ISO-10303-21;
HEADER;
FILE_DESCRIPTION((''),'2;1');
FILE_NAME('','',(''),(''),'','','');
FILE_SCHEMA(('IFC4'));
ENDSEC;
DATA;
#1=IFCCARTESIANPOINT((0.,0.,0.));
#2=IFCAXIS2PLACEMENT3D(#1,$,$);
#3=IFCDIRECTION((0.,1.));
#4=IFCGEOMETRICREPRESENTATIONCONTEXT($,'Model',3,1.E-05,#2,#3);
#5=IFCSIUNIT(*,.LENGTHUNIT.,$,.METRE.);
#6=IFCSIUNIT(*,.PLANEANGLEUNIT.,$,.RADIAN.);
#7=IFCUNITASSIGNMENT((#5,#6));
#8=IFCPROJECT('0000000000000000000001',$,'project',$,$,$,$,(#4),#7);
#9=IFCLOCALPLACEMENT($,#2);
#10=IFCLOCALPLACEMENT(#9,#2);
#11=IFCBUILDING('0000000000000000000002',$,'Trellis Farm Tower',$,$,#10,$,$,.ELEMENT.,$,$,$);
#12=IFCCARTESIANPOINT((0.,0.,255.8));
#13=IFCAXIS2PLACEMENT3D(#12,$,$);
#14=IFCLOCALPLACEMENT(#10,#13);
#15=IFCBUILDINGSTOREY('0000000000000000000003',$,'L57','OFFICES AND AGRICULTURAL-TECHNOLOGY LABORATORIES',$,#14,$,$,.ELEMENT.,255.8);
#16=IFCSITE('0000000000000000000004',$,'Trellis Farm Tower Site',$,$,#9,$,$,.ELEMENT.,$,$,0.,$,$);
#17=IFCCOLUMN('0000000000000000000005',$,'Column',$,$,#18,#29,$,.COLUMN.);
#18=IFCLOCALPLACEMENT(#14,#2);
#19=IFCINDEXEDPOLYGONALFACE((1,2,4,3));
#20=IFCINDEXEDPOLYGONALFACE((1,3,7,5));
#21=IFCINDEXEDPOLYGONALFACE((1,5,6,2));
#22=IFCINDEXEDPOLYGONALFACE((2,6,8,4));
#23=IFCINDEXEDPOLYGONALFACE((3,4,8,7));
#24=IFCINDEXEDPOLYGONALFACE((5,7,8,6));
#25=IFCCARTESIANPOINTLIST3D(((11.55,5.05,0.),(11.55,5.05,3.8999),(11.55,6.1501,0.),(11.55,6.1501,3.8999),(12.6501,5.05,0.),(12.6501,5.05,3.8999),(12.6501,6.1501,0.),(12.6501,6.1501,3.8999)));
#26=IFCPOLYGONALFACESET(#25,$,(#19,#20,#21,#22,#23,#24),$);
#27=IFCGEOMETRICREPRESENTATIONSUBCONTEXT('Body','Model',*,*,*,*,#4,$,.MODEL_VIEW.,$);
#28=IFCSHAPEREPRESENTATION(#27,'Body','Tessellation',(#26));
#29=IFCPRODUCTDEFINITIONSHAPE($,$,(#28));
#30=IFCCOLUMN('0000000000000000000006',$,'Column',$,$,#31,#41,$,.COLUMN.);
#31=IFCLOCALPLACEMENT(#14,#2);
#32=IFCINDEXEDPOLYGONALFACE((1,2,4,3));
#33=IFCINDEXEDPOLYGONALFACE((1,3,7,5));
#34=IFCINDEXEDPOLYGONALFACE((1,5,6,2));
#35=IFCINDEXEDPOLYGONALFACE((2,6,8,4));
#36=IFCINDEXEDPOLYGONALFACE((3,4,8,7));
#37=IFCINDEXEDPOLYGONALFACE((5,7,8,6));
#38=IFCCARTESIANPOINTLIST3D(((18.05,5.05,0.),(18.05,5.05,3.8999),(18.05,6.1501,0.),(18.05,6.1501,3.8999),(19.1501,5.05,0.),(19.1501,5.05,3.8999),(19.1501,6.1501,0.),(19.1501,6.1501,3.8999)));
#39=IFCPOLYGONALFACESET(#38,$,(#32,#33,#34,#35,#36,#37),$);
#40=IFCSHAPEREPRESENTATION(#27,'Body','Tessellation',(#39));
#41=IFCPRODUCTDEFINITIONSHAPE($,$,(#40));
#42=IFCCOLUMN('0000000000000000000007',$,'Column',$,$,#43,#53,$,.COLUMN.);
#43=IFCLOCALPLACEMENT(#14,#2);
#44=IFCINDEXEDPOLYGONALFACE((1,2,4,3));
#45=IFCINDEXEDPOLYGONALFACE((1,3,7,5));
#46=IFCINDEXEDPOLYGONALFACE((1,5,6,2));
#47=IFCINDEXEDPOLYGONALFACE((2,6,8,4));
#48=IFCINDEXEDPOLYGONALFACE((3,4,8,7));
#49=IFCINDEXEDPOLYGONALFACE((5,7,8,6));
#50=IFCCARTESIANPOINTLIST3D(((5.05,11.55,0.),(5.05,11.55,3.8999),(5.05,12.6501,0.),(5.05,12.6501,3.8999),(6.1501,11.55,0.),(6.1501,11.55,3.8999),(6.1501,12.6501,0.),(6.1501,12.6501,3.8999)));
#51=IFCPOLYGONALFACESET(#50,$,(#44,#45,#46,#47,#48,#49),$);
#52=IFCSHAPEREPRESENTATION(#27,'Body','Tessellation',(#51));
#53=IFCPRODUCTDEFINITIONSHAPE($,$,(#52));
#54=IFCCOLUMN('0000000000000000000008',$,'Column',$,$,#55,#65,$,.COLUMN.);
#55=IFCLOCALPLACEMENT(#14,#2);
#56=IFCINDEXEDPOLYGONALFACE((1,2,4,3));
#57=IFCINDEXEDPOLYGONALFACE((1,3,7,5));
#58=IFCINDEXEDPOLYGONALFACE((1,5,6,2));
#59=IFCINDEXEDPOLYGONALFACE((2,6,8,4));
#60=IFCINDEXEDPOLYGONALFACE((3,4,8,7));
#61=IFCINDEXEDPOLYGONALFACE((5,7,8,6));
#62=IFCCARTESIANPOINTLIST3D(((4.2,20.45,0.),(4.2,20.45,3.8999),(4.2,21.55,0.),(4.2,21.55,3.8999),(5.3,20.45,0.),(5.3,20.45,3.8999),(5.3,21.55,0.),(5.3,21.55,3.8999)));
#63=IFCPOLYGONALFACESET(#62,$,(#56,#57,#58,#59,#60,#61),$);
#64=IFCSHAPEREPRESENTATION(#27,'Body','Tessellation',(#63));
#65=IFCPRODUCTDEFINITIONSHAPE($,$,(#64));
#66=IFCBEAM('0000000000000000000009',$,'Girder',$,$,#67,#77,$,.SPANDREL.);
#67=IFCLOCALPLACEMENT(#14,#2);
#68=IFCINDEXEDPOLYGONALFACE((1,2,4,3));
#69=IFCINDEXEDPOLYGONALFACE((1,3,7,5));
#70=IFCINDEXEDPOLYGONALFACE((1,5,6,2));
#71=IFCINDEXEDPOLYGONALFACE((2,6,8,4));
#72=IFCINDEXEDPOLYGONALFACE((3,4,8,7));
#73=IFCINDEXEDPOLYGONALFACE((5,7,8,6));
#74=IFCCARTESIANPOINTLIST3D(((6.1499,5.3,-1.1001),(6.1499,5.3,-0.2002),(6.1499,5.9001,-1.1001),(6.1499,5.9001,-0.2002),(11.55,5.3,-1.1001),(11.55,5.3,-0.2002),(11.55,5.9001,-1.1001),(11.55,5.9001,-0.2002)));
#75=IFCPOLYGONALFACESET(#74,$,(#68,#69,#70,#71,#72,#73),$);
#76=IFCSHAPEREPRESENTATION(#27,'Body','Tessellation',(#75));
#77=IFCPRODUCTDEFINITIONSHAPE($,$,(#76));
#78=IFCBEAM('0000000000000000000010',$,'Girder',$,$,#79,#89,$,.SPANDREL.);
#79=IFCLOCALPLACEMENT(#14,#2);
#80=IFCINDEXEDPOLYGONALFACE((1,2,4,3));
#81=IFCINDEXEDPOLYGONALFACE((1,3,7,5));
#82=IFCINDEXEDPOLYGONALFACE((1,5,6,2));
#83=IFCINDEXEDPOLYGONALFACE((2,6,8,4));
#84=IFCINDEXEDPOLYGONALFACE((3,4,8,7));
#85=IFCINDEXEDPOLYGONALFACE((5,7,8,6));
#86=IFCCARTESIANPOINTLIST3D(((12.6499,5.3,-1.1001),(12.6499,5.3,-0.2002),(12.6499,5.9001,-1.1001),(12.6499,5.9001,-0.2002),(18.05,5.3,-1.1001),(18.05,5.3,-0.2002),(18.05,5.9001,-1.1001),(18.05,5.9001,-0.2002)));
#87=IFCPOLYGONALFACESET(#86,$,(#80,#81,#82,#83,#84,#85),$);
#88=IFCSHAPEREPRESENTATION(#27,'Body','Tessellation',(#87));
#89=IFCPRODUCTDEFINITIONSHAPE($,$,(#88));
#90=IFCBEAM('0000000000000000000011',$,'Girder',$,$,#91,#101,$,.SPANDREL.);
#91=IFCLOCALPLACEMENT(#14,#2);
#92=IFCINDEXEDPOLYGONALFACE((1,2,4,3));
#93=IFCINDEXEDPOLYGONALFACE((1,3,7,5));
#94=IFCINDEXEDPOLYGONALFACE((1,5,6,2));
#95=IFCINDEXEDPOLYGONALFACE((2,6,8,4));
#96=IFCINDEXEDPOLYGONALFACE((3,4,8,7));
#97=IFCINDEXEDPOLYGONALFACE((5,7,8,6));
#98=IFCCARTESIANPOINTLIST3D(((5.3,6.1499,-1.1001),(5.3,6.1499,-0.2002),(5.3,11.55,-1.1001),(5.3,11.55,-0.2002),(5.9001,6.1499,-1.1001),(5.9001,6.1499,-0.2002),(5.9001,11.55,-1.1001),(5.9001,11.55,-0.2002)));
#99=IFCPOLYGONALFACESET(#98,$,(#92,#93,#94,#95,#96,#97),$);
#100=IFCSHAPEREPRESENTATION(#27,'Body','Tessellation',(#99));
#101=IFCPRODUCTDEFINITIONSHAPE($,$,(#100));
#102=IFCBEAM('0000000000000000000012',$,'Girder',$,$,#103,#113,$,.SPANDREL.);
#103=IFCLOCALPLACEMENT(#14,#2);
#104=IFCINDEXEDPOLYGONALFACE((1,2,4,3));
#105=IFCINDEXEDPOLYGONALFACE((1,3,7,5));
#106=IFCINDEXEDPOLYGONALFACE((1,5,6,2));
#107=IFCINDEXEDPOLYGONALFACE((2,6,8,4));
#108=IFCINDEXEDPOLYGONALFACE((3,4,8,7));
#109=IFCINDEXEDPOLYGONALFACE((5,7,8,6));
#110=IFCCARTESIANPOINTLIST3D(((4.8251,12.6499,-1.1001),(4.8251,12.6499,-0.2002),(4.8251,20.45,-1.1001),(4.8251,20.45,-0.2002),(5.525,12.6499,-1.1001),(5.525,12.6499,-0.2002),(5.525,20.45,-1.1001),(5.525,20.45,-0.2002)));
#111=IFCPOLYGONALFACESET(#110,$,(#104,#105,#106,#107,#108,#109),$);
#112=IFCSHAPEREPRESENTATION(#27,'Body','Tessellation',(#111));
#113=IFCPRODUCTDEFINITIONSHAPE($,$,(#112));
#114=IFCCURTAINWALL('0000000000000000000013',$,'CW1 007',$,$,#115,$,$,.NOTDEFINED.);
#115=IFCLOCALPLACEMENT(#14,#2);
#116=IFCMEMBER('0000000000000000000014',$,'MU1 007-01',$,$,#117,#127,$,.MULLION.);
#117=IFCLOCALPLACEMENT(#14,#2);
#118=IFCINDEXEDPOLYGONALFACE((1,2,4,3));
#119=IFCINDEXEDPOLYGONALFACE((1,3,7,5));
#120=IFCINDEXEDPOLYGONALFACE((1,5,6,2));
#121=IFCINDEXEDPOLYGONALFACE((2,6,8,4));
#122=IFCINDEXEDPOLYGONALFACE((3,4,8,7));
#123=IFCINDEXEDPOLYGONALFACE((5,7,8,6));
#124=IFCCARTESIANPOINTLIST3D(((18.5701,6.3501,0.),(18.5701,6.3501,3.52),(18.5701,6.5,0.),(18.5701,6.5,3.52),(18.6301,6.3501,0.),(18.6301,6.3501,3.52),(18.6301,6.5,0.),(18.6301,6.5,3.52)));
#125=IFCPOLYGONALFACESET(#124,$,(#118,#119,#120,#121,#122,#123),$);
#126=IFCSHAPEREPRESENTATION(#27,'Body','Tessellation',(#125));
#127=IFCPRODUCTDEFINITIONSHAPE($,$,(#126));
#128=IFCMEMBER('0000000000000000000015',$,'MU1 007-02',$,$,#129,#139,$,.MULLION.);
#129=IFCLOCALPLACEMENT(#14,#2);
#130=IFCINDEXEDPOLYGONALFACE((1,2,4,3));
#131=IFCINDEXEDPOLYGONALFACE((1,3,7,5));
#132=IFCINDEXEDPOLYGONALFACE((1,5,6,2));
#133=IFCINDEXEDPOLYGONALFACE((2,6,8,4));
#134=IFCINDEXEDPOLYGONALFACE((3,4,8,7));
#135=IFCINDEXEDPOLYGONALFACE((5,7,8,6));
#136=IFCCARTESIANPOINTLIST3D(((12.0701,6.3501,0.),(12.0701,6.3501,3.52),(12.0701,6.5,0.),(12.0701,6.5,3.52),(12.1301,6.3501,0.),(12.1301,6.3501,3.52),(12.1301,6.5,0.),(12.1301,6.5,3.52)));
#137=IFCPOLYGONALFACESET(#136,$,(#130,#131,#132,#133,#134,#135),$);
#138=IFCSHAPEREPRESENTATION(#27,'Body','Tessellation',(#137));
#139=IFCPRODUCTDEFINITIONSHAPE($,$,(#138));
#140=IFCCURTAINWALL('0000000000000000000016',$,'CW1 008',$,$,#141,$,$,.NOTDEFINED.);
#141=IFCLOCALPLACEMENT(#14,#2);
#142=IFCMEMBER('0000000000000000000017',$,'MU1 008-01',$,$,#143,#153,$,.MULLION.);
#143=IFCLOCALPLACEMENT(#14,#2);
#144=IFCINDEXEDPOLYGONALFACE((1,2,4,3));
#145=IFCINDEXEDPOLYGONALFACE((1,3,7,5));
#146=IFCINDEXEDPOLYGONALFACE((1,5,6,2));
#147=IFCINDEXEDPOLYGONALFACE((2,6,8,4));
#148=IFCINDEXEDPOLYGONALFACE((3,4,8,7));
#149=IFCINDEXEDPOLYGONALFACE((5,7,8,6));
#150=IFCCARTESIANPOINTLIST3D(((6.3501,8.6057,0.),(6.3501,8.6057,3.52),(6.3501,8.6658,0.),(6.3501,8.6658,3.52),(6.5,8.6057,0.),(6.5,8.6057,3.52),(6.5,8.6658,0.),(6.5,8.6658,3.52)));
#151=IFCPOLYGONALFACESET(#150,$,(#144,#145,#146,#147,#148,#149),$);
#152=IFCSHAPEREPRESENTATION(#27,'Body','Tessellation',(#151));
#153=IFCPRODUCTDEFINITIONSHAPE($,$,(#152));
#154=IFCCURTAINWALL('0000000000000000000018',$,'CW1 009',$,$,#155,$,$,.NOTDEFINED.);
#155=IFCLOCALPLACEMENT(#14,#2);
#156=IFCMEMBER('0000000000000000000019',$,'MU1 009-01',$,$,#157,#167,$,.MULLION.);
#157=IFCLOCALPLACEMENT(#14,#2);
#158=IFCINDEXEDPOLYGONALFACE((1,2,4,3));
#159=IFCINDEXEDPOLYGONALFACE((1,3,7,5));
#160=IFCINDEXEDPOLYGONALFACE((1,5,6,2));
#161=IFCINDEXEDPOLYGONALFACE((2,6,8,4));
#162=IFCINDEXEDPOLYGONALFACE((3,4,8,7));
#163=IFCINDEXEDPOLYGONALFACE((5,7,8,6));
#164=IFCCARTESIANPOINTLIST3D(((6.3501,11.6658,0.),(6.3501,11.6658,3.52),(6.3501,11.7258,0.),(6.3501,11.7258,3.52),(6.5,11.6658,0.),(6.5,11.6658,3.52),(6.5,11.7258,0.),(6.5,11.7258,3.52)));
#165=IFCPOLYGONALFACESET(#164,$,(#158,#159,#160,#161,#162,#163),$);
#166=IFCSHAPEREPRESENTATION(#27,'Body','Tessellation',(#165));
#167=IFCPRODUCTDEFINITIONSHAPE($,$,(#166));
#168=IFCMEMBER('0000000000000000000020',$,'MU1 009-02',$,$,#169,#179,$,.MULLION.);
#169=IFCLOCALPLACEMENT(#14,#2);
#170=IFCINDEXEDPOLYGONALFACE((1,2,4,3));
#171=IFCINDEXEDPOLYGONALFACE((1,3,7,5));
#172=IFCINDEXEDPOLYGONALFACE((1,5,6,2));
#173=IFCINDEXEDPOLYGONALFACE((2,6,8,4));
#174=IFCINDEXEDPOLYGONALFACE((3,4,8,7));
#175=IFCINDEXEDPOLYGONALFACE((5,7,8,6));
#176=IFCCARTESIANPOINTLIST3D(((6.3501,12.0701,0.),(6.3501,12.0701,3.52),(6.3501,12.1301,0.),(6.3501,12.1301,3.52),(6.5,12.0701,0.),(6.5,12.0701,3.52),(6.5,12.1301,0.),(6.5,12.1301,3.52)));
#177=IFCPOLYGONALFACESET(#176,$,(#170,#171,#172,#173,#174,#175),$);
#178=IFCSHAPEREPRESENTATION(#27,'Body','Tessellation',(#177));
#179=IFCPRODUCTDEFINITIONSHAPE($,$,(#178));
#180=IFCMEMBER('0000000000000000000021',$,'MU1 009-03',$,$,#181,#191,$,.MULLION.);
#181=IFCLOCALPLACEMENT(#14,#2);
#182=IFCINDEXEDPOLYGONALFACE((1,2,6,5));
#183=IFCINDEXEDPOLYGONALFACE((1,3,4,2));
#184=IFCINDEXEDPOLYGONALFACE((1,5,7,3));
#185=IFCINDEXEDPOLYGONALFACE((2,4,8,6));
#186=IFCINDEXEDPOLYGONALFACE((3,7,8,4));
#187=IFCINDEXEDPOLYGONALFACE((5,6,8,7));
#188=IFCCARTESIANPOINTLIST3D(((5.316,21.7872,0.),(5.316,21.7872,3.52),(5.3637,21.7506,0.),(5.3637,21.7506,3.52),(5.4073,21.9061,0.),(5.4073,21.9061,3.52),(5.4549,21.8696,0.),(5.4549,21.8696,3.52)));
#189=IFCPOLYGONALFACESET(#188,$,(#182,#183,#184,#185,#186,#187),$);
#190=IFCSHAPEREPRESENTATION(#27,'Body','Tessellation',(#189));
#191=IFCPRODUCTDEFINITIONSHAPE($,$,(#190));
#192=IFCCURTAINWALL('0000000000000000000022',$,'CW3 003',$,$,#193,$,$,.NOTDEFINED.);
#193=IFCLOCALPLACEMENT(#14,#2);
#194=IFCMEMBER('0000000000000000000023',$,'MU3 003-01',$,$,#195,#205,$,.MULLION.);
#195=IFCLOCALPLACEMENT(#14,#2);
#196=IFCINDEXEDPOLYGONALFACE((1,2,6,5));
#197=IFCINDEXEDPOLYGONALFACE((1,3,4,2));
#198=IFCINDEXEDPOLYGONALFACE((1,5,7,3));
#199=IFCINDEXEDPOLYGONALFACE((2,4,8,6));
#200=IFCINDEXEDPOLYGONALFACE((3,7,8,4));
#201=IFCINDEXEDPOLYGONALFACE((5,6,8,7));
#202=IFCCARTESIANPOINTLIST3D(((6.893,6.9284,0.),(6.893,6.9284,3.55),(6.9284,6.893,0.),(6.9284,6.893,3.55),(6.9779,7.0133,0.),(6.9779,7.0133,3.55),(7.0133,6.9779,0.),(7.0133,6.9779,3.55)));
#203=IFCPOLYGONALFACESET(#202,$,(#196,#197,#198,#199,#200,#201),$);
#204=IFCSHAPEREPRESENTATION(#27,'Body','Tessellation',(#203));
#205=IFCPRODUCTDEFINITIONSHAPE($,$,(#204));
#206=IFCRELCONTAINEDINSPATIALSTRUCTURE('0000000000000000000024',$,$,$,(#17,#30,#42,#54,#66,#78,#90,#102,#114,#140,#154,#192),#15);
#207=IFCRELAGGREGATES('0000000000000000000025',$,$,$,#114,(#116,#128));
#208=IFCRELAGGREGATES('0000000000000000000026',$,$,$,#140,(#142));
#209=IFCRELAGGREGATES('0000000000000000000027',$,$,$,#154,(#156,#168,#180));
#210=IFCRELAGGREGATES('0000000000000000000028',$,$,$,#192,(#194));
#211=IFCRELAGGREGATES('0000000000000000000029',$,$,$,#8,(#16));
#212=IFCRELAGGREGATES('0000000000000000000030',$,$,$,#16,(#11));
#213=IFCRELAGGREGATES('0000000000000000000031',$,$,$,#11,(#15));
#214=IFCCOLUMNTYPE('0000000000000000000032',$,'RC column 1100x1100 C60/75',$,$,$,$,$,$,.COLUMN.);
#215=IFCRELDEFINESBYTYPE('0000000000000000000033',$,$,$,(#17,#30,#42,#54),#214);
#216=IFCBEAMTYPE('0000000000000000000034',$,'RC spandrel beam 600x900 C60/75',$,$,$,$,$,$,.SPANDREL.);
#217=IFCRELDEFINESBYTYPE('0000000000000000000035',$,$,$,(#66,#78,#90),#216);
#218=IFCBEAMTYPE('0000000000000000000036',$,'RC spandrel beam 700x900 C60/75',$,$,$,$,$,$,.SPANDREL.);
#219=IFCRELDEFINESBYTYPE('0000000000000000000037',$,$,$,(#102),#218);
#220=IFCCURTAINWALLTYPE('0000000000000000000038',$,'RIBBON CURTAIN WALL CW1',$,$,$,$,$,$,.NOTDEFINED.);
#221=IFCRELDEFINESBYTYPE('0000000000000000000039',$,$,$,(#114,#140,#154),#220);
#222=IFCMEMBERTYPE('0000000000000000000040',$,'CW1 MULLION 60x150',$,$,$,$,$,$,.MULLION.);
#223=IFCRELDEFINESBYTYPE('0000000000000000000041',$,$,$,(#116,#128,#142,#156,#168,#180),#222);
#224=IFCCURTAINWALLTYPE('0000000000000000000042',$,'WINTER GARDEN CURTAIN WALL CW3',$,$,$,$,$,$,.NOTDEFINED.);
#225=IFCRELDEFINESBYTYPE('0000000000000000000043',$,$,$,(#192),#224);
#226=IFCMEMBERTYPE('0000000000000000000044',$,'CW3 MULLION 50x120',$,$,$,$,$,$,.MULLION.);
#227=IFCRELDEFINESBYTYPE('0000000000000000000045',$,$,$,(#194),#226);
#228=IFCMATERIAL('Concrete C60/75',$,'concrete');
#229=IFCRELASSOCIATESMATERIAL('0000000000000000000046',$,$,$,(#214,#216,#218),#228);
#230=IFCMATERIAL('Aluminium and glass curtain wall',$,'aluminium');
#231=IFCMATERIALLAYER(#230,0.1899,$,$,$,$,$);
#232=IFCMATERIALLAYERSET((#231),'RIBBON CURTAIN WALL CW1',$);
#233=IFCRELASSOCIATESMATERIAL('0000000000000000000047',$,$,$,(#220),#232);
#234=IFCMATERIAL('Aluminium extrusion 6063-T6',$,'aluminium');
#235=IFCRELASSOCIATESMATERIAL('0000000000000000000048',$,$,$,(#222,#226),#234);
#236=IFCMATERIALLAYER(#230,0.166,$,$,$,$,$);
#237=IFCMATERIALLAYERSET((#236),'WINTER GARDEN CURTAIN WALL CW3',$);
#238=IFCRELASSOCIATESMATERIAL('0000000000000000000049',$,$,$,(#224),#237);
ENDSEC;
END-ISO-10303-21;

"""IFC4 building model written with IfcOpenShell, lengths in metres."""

from ifc_helpers import new_model, si_unit, direction, frame, origin, origin_2d, place, context, subcontext, project, spatial, rectangle, extrude, source, transform, mapped, material, layer, layer_set, material_profile, profile_set, type_object, element, aggregate, save


model = new_model("IFC4")

# Units and contexts
model_context = context("Model", 3, precision=1e-05, world=origin(), true_north=direction((0.0, 1.0)))
body_context = subcontext(model_context, "Body", "Model", "MODEL_VIEW")
ifc_project = project(units=[si_unit("LENGTHUNIT", "METRE"), si_unit("PLANEANGLEUNIT", "RADIAN")], contexts=[model_context])

# Site, building, storey
site_placement = place(None, origin())
site = spatial("IfcSite", under=ifc_project, at=site_placement, Name="Trellis Farm Tower Site", CompositionType="ELEMENT", RefElevation=0.0)
building_placement = place(site_placement, origin())
building = spatial("IfcBuilding", under=site, at=building_placement, Name="Trellis Farm Tower", CompositionType="ELEMENT")
storey_placement = place(building_placement, frame((0.0, 0.0, 255.8)))
storey = spatial("IfcBuildingStorey", under=building, at=storey_placement, Name="L57", Description="OFFICES AND AGRICULTURAL-TECHNOLOGY LABORATORIES", CompositionType="ELEMENT", Elevation=255.8)

# Columns
ifc_material_1 = material(Name="Concrete C60/75", Category="concrete")
ifc_material_profile_1 = material_profile(ifc_material_1, rectangle(XDim=1.1001, YDim=1.1001, at=origin_2d()), Name="RC column 1100x1100 C60/75")
ifc_profile_set_1 = profile_set([ifc_material_profile_1], Name="Concrete C60/75")
column_type = type_object("IfcColumnType", Name="RC column 1100x1100 C60/75", PredefinedType="COLUMN", material=ifc_profile_set_1)
shared_shape_1 = source(origin(), body_context, "Body", "SweptSolid", [
    extrude(rectangle(XDim=1.1001, YDim=1.1001, at=origin_2d()), origin(), (0.0, 0.0, 1.0), 3.8999),
])
for number, where, z_axis, x_axis, name in (
    (1, (12.1001, 5.6001, 0.0), (0.0, 0.0, 1.0), (1.0, 0.0, 0.0), "Column"),
    (2, (18.6001, 5.6001, 0.0), (0.0, 0.0, 1.0), (1.0, 0.0, 0.0), "Column"),
    (3, (5.6001, 12.1001, 0.0), (0.0, 0.0, 1.0), (1.0, 0.0, 0.0), "Column"),
    (4, (4.75, 21.0, 0.0), (0.0, 0.0, 1.0), (1.0, 0.0, 0.0), "Column"),
):
    element("IfcColumn", number, at=place(storey_placement, frame(where, z_axis=z_axis, x_axis=x_axis)), inside=storey, type_object=column_type, Name=name, PredefinedType="COLUMN", context=body_context, shape_type="MappedRepresentation", body=[
        mapped(shared_shape_1, transform((0.0, 0.0, 0.0))),
    ])

# Beams
ifc_material_profile_2 = material_profile(ifc_material_1, rectangle(XDim=0.6001, YDim=0.8999, at=origin_2d()), Name="RC spandrel beam 600x900 C60/75")
ifc_profile_set_2 = profile_set([ifc_material_profile_2], Name="Concrete C60/75")
beam_type_1 = type_object("IfcBeamType", Name="RC spandrel beam 600x900 C60/75", PredefinedType="SPANDREL", material=ifc_profile_set_2)
shared_shape_2 = source(origin(), body_context, "Body", "SweptSolid", [
    extrude(rectangle(XDim=0.6001, YDim=0.8999, at=origin_2d()), origin(), (0.0, 0.0, 1.0), 5.4001),
])
for number, where, z_axis, x_axis, name in (
    (5, (6.1499, 5.6001, -0.6501), (1.0, 0.0, 0.0), (0.0, 1.0, 0.0), "Girder"),
    (6, (12.6499, 5.6001, -0.6501), (1.0, 0.0, 0.0), (0.0, 1.0, 0.0), "Girder"),
    (7, (5.6001, 6.1499, -0.6501), (0.0, 1.0, 0.0), (-1.0, 0.0, 0.0), "Girder"),
):
    element("IfcBeam", number, at=place(storey_placement, frame(where, z_axis=z_axis, x_axis=x_axis)), inside=storey, type_object=beam_type_1, Name=name, PredefinedType="SPANDREL", context=body_context, shape_type="MappedRepresentation", body=[
        mapped(shared_shape_2, transform((0.0, 0.0, 0.0))),
    ])
ifc_material_profile_3 = material_profile(ifc_material_1, rectangle(XDim=0.7, YDim=0.8999, at=origin_2d()), Name="RC spandrel beam 700x900 C60/75")
ifc_profile_set_3 = profile_set([ifc_material_profile_3], Name="Concrete C60/75")
beam_type_2 = type_object("IfcBeamType", Name="RC spandrel beam 700x900 C60/75", PredefinedType="SPANDREL", material=ifc_profile_set_3)
shared_shape_3 = source(origin(), body_context, "Body", "SweptSolid", [
    extrude(rectangle(XDim=0.7, YDim=0.8999, at=origin_2d()), origin(), (0.0, 0.0, 1.0), 7.8),
])
beam_placement = place(storey_placement, frame((5.175, 12.6499, -0.6501), z_axis=(0.0, 1.0, 0.0), x_axis=(-1.0, 0.0, 0.0)))
element("IfcBeam", 8, at=beam_placement, inside=storey, type_object=beam_type_2, Name="Girder", PredefinedType="SPANDREL", context=body_context, shape_type="MappedRepresentation", body=[
    mapped(shared_shape_3, transform((0.0, 0.0, 0.0))),
])

# Curtain wall, members
ifc_material_2 = material(Name="Aluminium and glass curtain wall", Category="aluminium")
ifc_layer_1 = layer(ifc_material_2, 0.1899)
ifc_layer_set_1 = layer_set([ifc_layer_1], Name="RIBBON CURTAIN WALL CW1")
curtain_wall_type_1 = type_object("IfcCurtainWallType", Name="RIBBON CURTAIN WALL CW1", PredefinedType="NOTDEFINED", material=ifc_layer_set_1)
placement = place(storey_placement, origin())
curtain_wall_1 = element("IfcCurtainWall", 9, at=placement, inside=storey, type_object=curtain_wall_type_1, Name="CW1 007", PredefinedType="NOTDEFINED")
ifc_material_3 = material(Name="Aluminium extrusion 6063-T6", Category="aluminium")
ifc_material_profile_4 = material_profile(ifc_material_3, rectangle(XDim=0.0601, YDim=0.1499, at=origin_2d()), Name="MULLION 60x150")
ifc_profile_set_4 = profile_set([ifc_material_profile_4], Name="Aluminium extrusion 6063-T6")
member_type_1 = type_object("IfcMemberType", Name="CW1 MULLION 60x150", PredefinedType="MULLION", material=ifc_profile_set_4)
shared_shape_4 = source(origin(), body_context, "Body", "SweptSolid", [
    extrude(rectangle(XDim=0.0601, YDim=0.1499, at=origin_2d()), origin(), (0.0, 0.0, 1.0), 3.52),
])
member_1_placement = place(storey_placement, frame((18.6001, 6.425, 0.0), z_axis=(0.0, 0.0, 1.0), x_axis=(-1.0, 0.0, 0.0)))
member_1 = element("IfcMember", 10, at=member_1_placement, type_object=member_type_1, Name="MU1 007-01", PredefinedType="MULLION", context=body_context, shape_type="MappedRepresentation", body=[
    mapped(shared_shape_4, transform((0.0, 0.0, 0.0))),
])
member_2_placement = place(storey_placement, frame((12.1001, 6.425, 0.0), z_axis=(0.0, 0.0, 1.0), x_axis=(-1.0, 0.0, 0.0)))
member_2 = element("IfcMember", 11, at=member_2_placement, type_object=member_type_1, Name="MU1 007-02", PredefinedType="MULLION", context=body_context, shape_type="MappedRepresentation", body=[
    mapped(shared_shape_4, transform((0.0, 0.0, 0.0))),
])
aggregate(curtain_wall_1, [member_1, member_2])

# Curtain wall, member
curtain_wall_2 = element("IfcCurtainWall", 12, at=placement, inside=storey, type_object=curtain_wall_type_1, Name="CW1 008", PredefinedType="NOTDEFINED")
member_3_placement = place(storey_placement, frame((6.425, 8.6357, 0.0), z_axis=(0.0, 0.0, 1.0), x_axis=(0.0, 1.0, 0.0)))
member_3 = element("IfcMember", 13, at=member_3_placement, type_object=member_type_1, Name="MU1 008-01", PredefinedType="MULLION", context=body_context, shape_type="MappedRepresentation", body=[
    mapped(shared_shape_4, transform((0.0, 0.0, 0.0))),
])
aggregate(curtain_wall_2, [member_3])

# Curtain wall, members
curtain_wall_3 = element("IfcCurtainWall", 14, at=placement, inside=storey, type_object=curtain_wall_type_1, Name="CW1 009", PredefinedType="NOTDEFINED")
member_4_placement = place(storey_placement, frame((6.425, 11.6958, 0.0), z_axis=(0.0, 0.0, 1.0), x_axis=(0.0, 1.0, 0.0)))
member_4 = element("IfcMember", 15, at=member_4_placement, type_object=member_type_1, Name="MU1 009-01", PredefinedType="MULLION", context=body_context, shape_type="MappedRepresentation", body=[
    mapped(shared_shape_4, transform((0.0, 0.0, 0.0))),
])
member_5_placement = place(storey_placement, frame((6.425, 12.1001, 0.0), z_axis=(0.0, 0.0, 1.0), x_axis=(0.0, 1.0, 0.0)))
member_5 = element("IfcMember", 16, at=member_5_placement, type_object=member_type_1, Name="MU1 009-02", PredefinedType="MULLION", context=body_context, shape_type="MappedRepresentation", body=[
    mapped(shared_shape_4, transform((0.0, 0.0, 0.0))),
])
member_6_placement = place(storey_placement, frame((5.3855, 21.8284, 0.0), z_axis=(0.0, 0.0, 1.0), x_axis=(-0.793353, 0.608761, 0.0)))
member_6 = element("IfcMember", 17, at=member_6_placement, type_object=member_type_1, Name="MU1 009-03", PredefinedType="MULLION", context=body_context, shape_type="MappedRepresentation", body=[
    mapped(shared_shape_4, transform((0.0, 0.0, 0.0))),
])
aggregate(curtain_wall_3, [member_4, member_5, member_6])

# Curtain wall, member
ifc_layer_2 = layer(ifc_material_2, 0.166)
ifc_layer_set_2 = layer_set([ifc_layer_2], Name="WINTER GARDEN CURTAIN WALL CW3")
curtain_wall_type_2 = type_object("IfcCurtainWallType", Name="WINTER GARDEN CURTAIN WALL CW3", PredefinedType="NOTDEFINED", material=ifc_layer_set_2)
curtain_wall_4 = element("IfcCurtainWall", 18, at=placement, inside=storey, type_object=curtain_wall_type_2, Name="CW3 003", PredefinedType="NOTDEFINED")
ifc_material_profile_5 = material_profile(ifc_material_3, rectangle(XDim=0.05, YDim=0.1201, at=origin_2d()), Name="MULLION 50x120")
ifc_profile_set_5 = profile_set([ifc_material_profile_5], Name="Aluminium extrusion 6063-T6")
member_type_2 = type_object("IfcMemberType", Name="CW3 MULLION 50x120", PredefinedType="MULLION", material=ifc_profile_set_5)
shared_shape_5 = source(origin(), body_context, "Body", "SweptSolid", [
    extrude(rectangle(XDim=0.05, YDim=0.1201, at=origin_2d()), origin(), (0.0, 0.0, 1.0), 3.55),
])
member_7_placement = place(storey_placement, frame((6.9531, 6.9531, 0.0), z_axis=(0.0, 0.0, 1.0), x_axis=(-0.707107, 0.707107, 0.0)))
member_7 = element("IfcMember", 19, at=member_7_placement, type_object=member_type_2, Name="MU3 003-01", PredefinedType="MULLION", context=body_context, shape_type="MappedRepresentation", body=[
    mapped(shared_shape_5, transform((0.0, 0.0, 0.0))),
])
aggregate(curtain_wall_4, [member_7])

save(model, "model.ifc")
